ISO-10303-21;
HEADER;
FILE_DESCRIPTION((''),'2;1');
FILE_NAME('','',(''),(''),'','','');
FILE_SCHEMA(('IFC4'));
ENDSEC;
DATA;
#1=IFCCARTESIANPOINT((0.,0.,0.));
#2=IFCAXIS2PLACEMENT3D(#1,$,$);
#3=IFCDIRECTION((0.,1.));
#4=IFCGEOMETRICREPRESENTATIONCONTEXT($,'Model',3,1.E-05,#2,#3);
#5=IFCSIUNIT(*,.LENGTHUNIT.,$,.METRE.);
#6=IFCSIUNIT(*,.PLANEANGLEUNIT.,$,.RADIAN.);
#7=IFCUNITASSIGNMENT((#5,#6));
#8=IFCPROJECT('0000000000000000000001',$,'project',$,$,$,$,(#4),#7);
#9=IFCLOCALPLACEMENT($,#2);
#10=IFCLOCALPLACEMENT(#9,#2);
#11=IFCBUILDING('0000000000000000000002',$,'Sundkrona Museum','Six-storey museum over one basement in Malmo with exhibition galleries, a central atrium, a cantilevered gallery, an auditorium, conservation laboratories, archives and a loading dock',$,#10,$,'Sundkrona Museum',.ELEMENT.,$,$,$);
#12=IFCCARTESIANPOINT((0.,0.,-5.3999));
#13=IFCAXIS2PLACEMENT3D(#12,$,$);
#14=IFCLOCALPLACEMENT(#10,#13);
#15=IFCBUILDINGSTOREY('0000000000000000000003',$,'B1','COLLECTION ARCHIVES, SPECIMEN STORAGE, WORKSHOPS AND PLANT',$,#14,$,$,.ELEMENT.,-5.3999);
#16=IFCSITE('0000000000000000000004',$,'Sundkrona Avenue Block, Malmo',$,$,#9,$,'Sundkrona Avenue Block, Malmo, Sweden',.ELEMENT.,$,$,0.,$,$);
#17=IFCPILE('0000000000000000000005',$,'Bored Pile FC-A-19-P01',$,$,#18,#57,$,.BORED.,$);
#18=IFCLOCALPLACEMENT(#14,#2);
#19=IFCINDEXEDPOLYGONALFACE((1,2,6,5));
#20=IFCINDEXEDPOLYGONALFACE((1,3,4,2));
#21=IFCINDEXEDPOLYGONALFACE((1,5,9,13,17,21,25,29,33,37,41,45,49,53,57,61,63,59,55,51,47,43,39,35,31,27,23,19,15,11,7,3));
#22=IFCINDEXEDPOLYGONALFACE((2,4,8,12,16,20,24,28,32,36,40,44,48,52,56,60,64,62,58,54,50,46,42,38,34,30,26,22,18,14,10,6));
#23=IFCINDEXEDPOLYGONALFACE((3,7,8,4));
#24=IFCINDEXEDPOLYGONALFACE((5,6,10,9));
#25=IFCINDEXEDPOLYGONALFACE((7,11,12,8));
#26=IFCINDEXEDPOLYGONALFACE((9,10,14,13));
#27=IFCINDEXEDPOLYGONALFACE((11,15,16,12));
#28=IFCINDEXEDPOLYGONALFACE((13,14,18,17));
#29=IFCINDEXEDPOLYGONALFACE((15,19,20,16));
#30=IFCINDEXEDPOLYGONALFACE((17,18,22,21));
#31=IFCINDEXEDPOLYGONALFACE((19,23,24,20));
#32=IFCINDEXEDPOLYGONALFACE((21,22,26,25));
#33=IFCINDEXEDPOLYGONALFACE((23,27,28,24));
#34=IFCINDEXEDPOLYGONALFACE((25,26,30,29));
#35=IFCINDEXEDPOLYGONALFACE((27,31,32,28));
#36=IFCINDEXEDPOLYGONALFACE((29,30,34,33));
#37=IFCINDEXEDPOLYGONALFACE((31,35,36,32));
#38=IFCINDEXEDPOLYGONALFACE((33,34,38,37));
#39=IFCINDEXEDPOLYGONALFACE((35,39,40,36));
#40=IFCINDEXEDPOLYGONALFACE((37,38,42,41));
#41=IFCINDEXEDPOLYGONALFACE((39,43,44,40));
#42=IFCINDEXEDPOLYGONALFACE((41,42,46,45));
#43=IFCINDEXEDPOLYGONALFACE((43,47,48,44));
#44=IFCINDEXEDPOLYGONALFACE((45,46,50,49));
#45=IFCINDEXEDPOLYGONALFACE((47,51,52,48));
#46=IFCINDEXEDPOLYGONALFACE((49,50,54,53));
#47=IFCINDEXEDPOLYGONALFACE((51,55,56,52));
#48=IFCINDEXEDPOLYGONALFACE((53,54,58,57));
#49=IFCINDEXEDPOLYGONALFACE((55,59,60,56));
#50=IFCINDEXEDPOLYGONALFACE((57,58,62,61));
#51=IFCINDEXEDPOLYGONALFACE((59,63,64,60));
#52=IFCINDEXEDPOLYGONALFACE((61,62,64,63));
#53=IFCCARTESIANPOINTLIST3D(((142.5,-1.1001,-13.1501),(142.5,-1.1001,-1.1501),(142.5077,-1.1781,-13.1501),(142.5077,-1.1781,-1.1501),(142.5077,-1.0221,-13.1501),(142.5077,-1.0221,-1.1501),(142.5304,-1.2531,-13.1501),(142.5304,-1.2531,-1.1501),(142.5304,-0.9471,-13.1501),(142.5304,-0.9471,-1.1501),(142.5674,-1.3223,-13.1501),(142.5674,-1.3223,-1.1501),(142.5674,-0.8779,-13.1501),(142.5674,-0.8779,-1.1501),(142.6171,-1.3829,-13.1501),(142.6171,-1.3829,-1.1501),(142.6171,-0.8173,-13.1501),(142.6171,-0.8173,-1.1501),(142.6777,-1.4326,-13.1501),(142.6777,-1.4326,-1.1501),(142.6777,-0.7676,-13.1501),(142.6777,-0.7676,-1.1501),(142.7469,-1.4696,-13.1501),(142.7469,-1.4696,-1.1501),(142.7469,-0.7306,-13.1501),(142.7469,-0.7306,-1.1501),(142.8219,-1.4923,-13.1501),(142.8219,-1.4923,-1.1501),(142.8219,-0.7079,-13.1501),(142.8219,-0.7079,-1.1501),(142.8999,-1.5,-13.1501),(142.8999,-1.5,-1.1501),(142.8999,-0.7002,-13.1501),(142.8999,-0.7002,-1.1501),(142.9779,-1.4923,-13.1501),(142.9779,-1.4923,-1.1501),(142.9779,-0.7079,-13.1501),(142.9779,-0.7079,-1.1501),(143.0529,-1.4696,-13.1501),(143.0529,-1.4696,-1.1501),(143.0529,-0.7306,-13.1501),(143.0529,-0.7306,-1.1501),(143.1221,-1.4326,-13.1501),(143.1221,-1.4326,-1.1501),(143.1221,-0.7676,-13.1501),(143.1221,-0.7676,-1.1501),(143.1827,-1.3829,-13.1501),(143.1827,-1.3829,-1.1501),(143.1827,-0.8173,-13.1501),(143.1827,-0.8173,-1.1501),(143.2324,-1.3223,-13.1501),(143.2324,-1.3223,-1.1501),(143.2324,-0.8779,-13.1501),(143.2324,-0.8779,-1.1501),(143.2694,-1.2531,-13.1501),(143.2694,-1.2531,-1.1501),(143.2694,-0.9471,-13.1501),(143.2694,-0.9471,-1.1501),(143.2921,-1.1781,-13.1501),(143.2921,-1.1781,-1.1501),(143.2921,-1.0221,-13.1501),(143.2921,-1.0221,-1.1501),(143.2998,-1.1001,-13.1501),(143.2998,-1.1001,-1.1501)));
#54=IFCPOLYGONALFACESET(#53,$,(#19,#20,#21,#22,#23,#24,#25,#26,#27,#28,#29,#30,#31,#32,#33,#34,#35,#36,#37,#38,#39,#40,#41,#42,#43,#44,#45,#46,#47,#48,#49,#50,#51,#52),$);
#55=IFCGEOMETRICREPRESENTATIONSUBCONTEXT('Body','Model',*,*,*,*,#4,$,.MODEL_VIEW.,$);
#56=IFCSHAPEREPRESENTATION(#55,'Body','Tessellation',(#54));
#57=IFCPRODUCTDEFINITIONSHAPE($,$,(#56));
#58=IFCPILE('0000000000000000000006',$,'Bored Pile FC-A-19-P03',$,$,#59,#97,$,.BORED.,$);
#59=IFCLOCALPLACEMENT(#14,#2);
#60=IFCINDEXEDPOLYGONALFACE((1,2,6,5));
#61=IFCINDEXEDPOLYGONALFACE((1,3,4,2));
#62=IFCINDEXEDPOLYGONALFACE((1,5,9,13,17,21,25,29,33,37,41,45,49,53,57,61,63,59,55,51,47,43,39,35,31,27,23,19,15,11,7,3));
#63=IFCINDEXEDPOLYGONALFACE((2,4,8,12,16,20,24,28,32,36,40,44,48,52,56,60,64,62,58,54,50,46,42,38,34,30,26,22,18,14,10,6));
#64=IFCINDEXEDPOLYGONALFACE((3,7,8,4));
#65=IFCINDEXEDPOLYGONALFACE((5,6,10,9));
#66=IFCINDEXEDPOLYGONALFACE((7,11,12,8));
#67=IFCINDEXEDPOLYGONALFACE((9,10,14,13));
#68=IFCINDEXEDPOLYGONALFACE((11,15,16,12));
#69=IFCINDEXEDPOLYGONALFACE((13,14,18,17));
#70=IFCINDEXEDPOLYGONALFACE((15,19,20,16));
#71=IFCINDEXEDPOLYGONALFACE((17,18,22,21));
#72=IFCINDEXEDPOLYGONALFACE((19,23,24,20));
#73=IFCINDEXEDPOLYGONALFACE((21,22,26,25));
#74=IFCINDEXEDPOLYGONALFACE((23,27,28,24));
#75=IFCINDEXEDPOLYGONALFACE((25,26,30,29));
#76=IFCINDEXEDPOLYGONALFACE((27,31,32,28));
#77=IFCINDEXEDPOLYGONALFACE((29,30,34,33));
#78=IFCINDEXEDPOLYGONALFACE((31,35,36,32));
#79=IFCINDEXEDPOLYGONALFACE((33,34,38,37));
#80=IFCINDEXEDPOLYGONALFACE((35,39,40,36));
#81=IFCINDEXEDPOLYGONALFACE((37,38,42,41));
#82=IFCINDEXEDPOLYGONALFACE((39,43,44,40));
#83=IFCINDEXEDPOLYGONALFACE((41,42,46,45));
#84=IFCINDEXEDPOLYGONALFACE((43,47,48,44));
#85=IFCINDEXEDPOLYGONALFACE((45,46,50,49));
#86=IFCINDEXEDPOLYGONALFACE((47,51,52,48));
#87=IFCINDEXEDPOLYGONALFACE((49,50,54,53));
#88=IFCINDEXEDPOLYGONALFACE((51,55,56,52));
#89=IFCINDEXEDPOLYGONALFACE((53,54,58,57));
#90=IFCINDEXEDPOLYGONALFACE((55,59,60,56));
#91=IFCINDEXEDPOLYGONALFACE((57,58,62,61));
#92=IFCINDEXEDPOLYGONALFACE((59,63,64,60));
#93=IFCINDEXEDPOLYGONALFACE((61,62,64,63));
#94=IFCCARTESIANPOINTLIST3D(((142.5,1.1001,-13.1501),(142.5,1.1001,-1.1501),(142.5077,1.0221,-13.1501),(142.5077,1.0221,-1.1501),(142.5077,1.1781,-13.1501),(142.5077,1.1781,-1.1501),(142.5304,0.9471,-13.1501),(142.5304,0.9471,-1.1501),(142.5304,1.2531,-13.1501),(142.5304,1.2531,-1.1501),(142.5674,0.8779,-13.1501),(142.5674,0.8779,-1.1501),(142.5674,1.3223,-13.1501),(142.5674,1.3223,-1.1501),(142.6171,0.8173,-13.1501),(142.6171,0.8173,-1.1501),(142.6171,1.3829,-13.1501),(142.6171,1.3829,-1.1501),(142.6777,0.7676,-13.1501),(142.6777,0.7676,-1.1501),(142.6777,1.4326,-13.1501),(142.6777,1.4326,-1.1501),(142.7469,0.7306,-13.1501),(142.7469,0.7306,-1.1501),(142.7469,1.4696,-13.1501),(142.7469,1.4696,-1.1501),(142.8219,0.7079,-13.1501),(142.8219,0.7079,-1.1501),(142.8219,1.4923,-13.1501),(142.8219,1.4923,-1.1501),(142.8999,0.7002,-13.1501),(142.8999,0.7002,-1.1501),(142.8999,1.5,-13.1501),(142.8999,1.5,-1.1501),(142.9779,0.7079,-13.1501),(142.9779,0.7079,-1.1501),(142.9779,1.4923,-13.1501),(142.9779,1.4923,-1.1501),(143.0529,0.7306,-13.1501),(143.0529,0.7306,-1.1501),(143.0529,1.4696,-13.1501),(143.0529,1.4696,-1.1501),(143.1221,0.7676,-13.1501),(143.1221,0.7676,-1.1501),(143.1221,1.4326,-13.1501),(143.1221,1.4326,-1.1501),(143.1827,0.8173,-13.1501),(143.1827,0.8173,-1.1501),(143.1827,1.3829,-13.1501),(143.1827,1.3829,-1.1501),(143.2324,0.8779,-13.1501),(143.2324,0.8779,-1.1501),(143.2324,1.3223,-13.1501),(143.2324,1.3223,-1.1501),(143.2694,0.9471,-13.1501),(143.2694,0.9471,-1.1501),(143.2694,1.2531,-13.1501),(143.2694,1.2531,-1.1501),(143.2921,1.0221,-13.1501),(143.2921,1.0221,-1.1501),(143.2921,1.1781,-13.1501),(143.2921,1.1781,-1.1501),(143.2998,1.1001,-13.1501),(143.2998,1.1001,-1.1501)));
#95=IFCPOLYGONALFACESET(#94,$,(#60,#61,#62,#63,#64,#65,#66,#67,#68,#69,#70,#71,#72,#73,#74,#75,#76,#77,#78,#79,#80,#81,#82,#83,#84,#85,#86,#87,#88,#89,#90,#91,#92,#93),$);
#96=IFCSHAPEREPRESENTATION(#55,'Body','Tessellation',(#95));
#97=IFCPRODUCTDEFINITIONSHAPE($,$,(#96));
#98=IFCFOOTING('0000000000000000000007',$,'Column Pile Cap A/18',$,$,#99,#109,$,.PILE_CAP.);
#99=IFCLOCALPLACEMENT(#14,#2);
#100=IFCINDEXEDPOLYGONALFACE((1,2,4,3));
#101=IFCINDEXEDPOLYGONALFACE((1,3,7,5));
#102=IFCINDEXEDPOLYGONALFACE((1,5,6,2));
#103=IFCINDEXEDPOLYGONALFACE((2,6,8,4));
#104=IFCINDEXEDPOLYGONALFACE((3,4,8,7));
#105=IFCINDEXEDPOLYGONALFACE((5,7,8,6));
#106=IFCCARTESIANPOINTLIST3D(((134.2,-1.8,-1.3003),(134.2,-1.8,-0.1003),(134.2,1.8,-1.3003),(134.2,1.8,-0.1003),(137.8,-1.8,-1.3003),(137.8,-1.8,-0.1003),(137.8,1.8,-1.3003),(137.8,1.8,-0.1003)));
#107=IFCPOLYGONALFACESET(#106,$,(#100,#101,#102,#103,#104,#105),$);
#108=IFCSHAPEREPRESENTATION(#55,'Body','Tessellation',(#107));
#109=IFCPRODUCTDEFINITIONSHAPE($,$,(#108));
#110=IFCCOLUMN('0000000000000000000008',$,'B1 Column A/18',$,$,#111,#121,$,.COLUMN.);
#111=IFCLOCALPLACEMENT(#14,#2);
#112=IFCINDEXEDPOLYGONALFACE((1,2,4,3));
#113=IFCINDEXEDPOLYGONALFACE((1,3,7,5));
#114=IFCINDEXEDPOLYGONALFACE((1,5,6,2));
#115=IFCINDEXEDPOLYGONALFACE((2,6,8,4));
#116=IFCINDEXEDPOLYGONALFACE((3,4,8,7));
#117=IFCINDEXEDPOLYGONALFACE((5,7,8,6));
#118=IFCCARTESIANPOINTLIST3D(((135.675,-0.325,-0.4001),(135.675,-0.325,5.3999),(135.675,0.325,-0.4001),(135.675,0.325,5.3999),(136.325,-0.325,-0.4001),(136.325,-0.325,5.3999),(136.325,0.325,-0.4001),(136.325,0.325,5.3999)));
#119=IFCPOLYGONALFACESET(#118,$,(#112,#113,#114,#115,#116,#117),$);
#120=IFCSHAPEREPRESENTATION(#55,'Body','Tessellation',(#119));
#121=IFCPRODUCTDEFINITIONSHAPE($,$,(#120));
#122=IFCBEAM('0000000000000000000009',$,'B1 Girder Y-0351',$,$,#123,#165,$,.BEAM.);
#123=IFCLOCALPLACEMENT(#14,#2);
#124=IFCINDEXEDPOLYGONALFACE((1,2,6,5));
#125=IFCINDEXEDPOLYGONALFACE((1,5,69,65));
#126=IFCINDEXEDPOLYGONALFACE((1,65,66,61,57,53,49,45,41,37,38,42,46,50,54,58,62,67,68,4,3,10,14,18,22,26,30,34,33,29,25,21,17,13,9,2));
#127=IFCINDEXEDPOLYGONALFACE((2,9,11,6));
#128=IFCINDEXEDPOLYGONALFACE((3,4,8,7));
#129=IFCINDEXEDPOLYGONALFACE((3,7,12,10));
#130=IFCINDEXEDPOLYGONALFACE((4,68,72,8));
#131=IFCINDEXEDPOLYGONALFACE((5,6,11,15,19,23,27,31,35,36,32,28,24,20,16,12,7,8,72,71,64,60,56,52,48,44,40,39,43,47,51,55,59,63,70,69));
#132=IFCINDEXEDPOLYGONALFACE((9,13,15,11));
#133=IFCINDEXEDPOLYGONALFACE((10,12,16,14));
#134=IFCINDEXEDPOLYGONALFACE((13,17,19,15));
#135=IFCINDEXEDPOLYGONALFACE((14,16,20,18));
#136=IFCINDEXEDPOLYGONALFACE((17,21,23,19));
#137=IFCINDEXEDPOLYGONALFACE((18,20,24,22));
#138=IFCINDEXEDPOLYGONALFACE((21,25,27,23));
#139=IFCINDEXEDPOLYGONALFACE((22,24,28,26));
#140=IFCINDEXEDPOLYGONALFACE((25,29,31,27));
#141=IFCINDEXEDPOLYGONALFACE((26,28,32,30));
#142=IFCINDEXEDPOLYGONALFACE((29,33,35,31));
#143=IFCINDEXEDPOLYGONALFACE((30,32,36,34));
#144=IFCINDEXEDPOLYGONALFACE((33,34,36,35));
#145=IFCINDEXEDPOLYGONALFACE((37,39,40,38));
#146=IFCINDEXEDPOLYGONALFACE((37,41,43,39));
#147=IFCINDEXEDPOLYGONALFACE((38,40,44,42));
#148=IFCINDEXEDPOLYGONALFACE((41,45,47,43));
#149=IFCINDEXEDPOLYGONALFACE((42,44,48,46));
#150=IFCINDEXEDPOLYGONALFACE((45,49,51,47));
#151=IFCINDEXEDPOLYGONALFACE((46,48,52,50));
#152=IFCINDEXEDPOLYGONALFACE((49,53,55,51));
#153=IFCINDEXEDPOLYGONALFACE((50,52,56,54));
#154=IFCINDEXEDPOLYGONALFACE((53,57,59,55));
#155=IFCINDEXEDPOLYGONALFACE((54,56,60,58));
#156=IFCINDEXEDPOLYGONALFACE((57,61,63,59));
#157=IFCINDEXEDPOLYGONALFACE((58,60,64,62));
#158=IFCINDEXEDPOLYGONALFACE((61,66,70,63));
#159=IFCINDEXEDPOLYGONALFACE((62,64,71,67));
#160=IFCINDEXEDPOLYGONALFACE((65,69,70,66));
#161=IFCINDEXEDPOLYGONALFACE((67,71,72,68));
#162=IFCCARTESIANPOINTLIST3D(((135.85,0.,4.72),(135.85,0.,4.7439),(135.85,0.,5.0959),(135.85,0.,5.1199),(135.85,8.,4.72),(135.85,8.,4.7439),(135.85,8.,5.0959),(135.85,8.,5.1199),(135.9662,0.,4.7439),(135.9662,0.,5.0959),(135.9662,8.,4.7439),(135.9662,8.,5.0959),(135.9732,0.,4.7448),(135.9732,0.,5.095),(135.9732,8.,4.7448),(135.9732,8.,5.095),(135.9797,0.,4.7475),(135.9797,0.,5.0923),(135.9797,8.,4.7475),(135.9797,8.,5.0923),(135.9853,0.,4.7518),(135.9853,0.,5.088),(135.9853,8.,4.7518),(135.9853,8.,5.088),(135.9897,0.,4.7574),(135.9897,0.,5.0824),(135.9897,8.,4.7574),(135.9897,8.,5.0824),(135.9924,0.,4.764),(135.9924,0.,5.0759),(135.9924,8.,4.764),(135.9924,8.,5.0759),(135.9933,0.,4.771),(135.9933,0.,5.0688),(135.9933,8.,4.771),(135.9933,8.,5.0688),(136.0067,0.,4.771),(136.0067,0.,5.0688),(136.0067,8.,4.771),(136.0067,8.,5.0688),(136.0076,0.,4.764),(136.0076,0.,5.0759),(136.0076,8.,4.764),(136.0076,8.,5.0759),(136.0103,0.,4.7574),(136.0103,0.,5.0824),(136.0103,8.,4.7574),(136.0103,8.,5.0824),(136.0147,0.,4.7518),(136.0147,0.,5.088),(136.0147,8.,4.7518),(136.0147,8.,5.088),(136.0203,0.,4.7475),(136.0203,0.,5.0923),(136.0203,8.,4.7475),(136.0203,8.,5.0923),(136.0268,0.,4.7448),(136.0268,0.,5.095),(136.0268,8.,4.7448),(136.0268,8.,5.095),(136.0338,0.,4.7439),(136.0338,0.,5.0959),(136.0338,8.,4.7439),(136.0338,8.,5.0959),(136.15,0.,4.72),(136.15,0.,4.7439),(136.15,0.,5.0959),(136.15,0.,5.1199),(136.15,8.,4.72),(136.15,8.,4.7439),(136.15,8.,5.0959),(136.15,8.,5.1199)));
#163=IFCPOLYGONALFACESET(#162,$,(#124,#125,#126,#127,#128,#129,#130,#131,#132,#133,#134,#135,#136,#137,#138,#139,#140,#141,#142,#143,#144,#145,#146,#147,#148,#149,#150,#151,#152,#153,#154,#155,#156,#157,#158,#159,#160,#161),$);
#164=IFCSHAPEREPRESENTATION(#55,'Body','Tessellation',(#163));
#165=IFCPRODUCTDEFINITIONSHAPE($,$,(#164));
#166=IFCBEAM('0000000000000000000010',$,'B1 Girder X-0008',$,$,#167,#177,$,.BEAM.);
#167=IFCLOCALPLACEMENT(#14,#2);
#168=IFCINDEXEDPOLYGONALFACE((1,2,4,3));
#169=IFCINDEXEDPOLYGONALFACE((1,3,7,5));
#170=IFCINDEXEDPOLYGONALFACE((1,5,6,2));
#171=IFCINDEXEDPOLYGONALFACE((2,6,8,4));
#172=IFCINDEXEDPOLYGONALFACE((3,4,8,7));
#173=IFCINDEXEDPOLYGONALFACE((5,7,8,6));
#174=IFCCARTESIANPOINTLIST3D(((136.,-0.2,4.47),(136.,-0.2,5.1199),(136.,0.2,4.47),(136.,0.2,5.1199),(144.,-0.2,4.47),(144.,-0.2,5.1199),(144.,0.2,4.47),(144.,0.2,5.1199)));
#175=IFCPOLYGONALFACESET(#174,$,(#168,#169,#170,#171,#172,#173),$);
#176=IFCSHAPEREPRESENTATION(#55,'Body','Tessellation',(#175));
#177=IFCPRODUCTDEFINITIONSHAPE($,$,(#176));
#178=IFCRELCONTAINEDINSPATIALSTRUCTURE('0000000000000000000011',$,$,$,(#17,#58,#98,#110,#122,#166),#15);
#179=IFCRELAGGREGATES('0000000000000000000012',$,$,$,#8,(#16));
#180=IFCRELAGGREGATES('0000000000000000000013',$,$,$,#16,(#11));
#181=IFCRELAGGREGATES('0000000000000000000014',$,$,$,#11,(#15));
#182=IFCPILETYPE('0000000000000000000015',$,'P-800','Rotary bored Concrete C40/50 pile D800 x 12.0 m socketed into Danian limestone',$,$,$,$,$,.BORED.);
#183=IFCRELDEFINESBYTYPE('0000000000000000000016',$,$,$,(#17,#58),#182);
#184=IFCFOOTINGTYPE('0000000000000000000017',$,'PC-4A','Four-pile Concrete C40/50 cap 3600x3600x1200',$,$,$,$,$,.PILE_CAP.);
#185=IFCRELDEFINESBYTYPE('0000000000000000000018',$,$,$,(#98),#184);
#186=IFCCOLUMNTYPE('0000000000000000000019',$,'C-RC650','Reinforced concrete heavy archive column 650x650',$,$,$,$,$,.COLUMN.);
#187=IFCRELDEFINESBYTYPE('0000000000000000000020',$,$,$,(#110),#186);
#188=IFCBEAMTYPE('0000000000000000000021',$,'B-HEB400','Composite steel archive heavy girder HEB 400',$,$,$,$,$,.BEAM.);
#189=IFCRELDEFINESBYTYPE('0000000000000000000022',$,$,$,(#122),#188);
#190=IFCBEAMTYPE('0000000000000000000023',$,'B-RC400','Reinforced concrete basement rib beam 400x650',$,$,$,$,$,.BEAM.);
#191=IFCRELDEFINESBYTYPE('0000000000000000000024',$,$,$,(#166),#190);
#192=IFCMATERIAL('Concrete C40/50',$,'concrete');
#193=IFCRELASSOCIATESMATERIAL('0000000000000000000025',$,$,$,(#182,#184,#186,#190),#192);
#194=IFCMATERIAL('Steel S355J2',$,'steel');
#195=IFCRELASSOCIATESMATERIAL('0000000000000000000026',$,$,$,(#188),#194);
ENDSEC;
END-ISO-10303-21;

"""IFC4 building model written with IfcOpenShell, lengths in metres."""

from ifc_helpers import new_model, si_unit, direction, frame, origin, origin_2d, place, context, subcontext, project, spatial, rectangle, circle, i_section, extrude, material, material_profile, profile_set, type_object, element, save


model = new_model("IFC4")

# Units and contexts
model_context = context("Model", 3, precision=1e-05, world=origin(), true_north=direction((0.0, 1.0)))
body_context = subcontext(model_context, "Body", "Model", "MODEL_VIEW")
ifc_project = project(units=[si_unit("LENGTHUNIT", "METRE"), si_unit("PLANEANGLEUNIT", "RADIAN")], contexts=[model_context])

# Site, building, storey
site_placement = place(None, origin())
site = spatial("IfcSite", under=ifc_project, at=site_placement, Name="Sundkrona Avenue Block, Malmo", LongName="Sundkrona Avenue Block, Malmo, Sweden", CompositionType="ELEMENT", RefElevation=0.0)
building_placement = place(site_placement, origin())
building = spatial("IfcBuilding", under=site, at=building_placement, Name="Sundkrona Museum", Description="Six-storey museum over one basement in Malmo with exhibition galleries, a central atrium, a cantilevered gallery, an auditorium, conservation laboratories, archives and a loading dock", LongName="Sundkrona Museum", CompositionType="ELEMENT")
storey_placement = place(building_placement, frame((0.0, 0.0, -5.3999)))
storey = spatial("IfcBuildingStorey", under=building, at=storey_placement, Name="B1", Description="COLLECTION ARCHIVES, SPECIMEN STORAGE, WORKSHOPS AND PLANT", CompositionType="ELEMENT", Elevation=-5.3999)

# Shared definitions
ifc_material_1 = material(Name="Concrete C40/50", Category="concrete")

# Piles
ifc_material_profile_1 = material_profile(ifc_material_1, circle(Radius=0.3999, at=origin_2d()), Name="PILE D800")
ifc_profile_set_1 = profile_set([ifc_material_profile_1], Name="Concrete C40/50")
pile_type_1 = type_object("IfcPileType", Name="P-800", Description="Rotary bored Concrete C40/50 pile D800 x 12.0 m socketed into Danian limestone", PredefinedType="BORED", material=ifc_profile_set_1)
for number, where, z_axis, x_axis, name in (
    (1, (142.8999, -1.1001, -1.1501), (0.0, 0.0, -1.0), (1.0, 0.0, 0.0), "Bored Pile FC-A-19-P01"),
    (2, (142.8999, 1.1001, -1.1501), (0.0, 0.0, -1.0), (1.0, 0.0, 0.0), "Bored Pile FC-A-19-P03"),
):
    element("IfcPile", number, at=place(storey_placement, frame(where, z_axis=z_axis, x_axis=x_axis)), inside=storey, type_object=pile_type_1, Name=name, PredefinedType="BORED", context=body_context, shape_type="SweptSolid", body=[
        extrude(circle(Radius=0.3999, at=origin_2d()), origin(), (0.0, 0.0, 1.0), 12.0),
    ])

# Footing
footing_type_1 = type_object("IfcFootingType", Name="PC-4A", Description="Four-pile Concrete C40/50 cap 3600x3600x1200", PredefinedType="PILE_CAP", material=ifc_material_1)
footing_1_placement = place(storey_placement, frame((136.0, 0.0, -1.3003), z_axis=(0.0, 0.0, 1.0), x_axis=(1.0, 0.0, 0.0)))
element("IfcFooting", 3, at=footing_1_placement, inside=storey, type_object=footing_type_1, Name="Column Pile Cap A/18", PredefinedType="PILE_CAP", context=body_context, shape_type="SweptSolid", body=[
    extrude(rectangle(XDim=3.6001, YDim=3.6001, at=origin_2d()), origin(), (0.0, 0.0, 1.0), 1.2),
])

# Column
ifc_material_profile_2 = material_profile(ifc_material_1, rectangle(XDim=0.6499, YDim=0.6499, at=origin_2d()), Name="RC 650x650")
ifc_profile_set_2 = profile_set([ifc_material_profile_2], Name="Concrete C40/50")
column_type = type_object("IfcColumnType", Name="C-RC650", Description="Reinforced concrete heavy archive column 650x650", PredefinedType="COLUMN", material=ifc_profile_set_2)
column_placement = place(storey_placement, frame((136.0, 0.0, -0.4001), z_axis=(0.0, 0.0, 1.0), x_axis=(1.0, 0.0, 0.0)))
element("IfcColumn", 4, at=column_placement, inside=storey, type_object=column_type, Name="B1 Column A/18", PredefinedType="COLUMN", context=body_context, shape_type="SweptSolid", body=[
    extrude(rectangle(XDim=0.6499, YDim=0.6499, at=origin_2d()), origin(), (0.0, 0.0, 1.0), 5.8),
])

# Beams
ifc_material_2 = material(Name="Steel S355J2", Category="steel")
ifc_material_profile_3 = material_profile(ifc_material_2, i_section(OverallWidth=0.3, OverallDepth=0.3999, WebThickness=0.0134, FlangeThickness=0.0239, FilletRadius=0.0271, at=origin_2d()), Name="HEB 400")
ifc_profile_set_3 = profile_set([ifc_material_profile_3], Name="Steel S355J2")
beam_type_1 = type_object("IfcBeamType", Name="B-HEB400", Description="Composite steel archive heavy girder HEB 400", PredefinedType="BEAM", material=ifc_profile_set_3)
beam_1_placement = place(storey_placement, frame((136.0, 0.0, 4.9199), z_axis=(0.0, 1.0, 0.0), x_axis=(-1.0, 0.0, 0.0)))
element("IfcBeam", 5, at=beam_1_placement, inside=storey, type_object=beam_type_1, Name="B1 Girder Y-0351", PredefinedType="BEAM", context=body_context, shape_type="SweptSolid", body=[
    extrude(i_section(OverallWidth=0.3, OverallDepth=0.3999, WebThickness=0.0134, FlangeThickness=0.0239, FilletRadius=0.0271, at=origin_2d()), origin(), (0.0, 0.0, 1.0), 8.0),
])
ifc_material_profile_4 = material_profile(ifc_material_1, rectangle(XDim=0.3999, YDim=0.6499, at=origin_2d()), Name="RCB 400x650")
ifc_profile_set_4 = profile_set([ifc_material_profile_4], Name="Concrete C40/50")
beam_type_2 = type_object("IfcBeamType", Name="B-RC400", Description="Reinforced concrete basement rib beam 400x650", PredefinedType="BEAM", material=ifc_profile_set_4)
beam_2_placement = place(storey_placement, frame((136.0, 0.0, 4.7949), z_axis=(1.0, 0.0, 0.0), x_axis=(0.0, 1.0, 0.0)))
element("IfcBeam", 6, at=beam_2_placement, inside=storey, type_object=beam_type_2, Name="B1 Girder X-0008", PredefinedType="BEAM", context=body_context, shape_type="SweptSolid", body=[
    extrude(rectangle(XDim=0.3999, YDim=0.6499, at=origin_2d()), origin(), (0.0, 0.0, 1.0), 8.0),
])

save(model, "model.ifc")
